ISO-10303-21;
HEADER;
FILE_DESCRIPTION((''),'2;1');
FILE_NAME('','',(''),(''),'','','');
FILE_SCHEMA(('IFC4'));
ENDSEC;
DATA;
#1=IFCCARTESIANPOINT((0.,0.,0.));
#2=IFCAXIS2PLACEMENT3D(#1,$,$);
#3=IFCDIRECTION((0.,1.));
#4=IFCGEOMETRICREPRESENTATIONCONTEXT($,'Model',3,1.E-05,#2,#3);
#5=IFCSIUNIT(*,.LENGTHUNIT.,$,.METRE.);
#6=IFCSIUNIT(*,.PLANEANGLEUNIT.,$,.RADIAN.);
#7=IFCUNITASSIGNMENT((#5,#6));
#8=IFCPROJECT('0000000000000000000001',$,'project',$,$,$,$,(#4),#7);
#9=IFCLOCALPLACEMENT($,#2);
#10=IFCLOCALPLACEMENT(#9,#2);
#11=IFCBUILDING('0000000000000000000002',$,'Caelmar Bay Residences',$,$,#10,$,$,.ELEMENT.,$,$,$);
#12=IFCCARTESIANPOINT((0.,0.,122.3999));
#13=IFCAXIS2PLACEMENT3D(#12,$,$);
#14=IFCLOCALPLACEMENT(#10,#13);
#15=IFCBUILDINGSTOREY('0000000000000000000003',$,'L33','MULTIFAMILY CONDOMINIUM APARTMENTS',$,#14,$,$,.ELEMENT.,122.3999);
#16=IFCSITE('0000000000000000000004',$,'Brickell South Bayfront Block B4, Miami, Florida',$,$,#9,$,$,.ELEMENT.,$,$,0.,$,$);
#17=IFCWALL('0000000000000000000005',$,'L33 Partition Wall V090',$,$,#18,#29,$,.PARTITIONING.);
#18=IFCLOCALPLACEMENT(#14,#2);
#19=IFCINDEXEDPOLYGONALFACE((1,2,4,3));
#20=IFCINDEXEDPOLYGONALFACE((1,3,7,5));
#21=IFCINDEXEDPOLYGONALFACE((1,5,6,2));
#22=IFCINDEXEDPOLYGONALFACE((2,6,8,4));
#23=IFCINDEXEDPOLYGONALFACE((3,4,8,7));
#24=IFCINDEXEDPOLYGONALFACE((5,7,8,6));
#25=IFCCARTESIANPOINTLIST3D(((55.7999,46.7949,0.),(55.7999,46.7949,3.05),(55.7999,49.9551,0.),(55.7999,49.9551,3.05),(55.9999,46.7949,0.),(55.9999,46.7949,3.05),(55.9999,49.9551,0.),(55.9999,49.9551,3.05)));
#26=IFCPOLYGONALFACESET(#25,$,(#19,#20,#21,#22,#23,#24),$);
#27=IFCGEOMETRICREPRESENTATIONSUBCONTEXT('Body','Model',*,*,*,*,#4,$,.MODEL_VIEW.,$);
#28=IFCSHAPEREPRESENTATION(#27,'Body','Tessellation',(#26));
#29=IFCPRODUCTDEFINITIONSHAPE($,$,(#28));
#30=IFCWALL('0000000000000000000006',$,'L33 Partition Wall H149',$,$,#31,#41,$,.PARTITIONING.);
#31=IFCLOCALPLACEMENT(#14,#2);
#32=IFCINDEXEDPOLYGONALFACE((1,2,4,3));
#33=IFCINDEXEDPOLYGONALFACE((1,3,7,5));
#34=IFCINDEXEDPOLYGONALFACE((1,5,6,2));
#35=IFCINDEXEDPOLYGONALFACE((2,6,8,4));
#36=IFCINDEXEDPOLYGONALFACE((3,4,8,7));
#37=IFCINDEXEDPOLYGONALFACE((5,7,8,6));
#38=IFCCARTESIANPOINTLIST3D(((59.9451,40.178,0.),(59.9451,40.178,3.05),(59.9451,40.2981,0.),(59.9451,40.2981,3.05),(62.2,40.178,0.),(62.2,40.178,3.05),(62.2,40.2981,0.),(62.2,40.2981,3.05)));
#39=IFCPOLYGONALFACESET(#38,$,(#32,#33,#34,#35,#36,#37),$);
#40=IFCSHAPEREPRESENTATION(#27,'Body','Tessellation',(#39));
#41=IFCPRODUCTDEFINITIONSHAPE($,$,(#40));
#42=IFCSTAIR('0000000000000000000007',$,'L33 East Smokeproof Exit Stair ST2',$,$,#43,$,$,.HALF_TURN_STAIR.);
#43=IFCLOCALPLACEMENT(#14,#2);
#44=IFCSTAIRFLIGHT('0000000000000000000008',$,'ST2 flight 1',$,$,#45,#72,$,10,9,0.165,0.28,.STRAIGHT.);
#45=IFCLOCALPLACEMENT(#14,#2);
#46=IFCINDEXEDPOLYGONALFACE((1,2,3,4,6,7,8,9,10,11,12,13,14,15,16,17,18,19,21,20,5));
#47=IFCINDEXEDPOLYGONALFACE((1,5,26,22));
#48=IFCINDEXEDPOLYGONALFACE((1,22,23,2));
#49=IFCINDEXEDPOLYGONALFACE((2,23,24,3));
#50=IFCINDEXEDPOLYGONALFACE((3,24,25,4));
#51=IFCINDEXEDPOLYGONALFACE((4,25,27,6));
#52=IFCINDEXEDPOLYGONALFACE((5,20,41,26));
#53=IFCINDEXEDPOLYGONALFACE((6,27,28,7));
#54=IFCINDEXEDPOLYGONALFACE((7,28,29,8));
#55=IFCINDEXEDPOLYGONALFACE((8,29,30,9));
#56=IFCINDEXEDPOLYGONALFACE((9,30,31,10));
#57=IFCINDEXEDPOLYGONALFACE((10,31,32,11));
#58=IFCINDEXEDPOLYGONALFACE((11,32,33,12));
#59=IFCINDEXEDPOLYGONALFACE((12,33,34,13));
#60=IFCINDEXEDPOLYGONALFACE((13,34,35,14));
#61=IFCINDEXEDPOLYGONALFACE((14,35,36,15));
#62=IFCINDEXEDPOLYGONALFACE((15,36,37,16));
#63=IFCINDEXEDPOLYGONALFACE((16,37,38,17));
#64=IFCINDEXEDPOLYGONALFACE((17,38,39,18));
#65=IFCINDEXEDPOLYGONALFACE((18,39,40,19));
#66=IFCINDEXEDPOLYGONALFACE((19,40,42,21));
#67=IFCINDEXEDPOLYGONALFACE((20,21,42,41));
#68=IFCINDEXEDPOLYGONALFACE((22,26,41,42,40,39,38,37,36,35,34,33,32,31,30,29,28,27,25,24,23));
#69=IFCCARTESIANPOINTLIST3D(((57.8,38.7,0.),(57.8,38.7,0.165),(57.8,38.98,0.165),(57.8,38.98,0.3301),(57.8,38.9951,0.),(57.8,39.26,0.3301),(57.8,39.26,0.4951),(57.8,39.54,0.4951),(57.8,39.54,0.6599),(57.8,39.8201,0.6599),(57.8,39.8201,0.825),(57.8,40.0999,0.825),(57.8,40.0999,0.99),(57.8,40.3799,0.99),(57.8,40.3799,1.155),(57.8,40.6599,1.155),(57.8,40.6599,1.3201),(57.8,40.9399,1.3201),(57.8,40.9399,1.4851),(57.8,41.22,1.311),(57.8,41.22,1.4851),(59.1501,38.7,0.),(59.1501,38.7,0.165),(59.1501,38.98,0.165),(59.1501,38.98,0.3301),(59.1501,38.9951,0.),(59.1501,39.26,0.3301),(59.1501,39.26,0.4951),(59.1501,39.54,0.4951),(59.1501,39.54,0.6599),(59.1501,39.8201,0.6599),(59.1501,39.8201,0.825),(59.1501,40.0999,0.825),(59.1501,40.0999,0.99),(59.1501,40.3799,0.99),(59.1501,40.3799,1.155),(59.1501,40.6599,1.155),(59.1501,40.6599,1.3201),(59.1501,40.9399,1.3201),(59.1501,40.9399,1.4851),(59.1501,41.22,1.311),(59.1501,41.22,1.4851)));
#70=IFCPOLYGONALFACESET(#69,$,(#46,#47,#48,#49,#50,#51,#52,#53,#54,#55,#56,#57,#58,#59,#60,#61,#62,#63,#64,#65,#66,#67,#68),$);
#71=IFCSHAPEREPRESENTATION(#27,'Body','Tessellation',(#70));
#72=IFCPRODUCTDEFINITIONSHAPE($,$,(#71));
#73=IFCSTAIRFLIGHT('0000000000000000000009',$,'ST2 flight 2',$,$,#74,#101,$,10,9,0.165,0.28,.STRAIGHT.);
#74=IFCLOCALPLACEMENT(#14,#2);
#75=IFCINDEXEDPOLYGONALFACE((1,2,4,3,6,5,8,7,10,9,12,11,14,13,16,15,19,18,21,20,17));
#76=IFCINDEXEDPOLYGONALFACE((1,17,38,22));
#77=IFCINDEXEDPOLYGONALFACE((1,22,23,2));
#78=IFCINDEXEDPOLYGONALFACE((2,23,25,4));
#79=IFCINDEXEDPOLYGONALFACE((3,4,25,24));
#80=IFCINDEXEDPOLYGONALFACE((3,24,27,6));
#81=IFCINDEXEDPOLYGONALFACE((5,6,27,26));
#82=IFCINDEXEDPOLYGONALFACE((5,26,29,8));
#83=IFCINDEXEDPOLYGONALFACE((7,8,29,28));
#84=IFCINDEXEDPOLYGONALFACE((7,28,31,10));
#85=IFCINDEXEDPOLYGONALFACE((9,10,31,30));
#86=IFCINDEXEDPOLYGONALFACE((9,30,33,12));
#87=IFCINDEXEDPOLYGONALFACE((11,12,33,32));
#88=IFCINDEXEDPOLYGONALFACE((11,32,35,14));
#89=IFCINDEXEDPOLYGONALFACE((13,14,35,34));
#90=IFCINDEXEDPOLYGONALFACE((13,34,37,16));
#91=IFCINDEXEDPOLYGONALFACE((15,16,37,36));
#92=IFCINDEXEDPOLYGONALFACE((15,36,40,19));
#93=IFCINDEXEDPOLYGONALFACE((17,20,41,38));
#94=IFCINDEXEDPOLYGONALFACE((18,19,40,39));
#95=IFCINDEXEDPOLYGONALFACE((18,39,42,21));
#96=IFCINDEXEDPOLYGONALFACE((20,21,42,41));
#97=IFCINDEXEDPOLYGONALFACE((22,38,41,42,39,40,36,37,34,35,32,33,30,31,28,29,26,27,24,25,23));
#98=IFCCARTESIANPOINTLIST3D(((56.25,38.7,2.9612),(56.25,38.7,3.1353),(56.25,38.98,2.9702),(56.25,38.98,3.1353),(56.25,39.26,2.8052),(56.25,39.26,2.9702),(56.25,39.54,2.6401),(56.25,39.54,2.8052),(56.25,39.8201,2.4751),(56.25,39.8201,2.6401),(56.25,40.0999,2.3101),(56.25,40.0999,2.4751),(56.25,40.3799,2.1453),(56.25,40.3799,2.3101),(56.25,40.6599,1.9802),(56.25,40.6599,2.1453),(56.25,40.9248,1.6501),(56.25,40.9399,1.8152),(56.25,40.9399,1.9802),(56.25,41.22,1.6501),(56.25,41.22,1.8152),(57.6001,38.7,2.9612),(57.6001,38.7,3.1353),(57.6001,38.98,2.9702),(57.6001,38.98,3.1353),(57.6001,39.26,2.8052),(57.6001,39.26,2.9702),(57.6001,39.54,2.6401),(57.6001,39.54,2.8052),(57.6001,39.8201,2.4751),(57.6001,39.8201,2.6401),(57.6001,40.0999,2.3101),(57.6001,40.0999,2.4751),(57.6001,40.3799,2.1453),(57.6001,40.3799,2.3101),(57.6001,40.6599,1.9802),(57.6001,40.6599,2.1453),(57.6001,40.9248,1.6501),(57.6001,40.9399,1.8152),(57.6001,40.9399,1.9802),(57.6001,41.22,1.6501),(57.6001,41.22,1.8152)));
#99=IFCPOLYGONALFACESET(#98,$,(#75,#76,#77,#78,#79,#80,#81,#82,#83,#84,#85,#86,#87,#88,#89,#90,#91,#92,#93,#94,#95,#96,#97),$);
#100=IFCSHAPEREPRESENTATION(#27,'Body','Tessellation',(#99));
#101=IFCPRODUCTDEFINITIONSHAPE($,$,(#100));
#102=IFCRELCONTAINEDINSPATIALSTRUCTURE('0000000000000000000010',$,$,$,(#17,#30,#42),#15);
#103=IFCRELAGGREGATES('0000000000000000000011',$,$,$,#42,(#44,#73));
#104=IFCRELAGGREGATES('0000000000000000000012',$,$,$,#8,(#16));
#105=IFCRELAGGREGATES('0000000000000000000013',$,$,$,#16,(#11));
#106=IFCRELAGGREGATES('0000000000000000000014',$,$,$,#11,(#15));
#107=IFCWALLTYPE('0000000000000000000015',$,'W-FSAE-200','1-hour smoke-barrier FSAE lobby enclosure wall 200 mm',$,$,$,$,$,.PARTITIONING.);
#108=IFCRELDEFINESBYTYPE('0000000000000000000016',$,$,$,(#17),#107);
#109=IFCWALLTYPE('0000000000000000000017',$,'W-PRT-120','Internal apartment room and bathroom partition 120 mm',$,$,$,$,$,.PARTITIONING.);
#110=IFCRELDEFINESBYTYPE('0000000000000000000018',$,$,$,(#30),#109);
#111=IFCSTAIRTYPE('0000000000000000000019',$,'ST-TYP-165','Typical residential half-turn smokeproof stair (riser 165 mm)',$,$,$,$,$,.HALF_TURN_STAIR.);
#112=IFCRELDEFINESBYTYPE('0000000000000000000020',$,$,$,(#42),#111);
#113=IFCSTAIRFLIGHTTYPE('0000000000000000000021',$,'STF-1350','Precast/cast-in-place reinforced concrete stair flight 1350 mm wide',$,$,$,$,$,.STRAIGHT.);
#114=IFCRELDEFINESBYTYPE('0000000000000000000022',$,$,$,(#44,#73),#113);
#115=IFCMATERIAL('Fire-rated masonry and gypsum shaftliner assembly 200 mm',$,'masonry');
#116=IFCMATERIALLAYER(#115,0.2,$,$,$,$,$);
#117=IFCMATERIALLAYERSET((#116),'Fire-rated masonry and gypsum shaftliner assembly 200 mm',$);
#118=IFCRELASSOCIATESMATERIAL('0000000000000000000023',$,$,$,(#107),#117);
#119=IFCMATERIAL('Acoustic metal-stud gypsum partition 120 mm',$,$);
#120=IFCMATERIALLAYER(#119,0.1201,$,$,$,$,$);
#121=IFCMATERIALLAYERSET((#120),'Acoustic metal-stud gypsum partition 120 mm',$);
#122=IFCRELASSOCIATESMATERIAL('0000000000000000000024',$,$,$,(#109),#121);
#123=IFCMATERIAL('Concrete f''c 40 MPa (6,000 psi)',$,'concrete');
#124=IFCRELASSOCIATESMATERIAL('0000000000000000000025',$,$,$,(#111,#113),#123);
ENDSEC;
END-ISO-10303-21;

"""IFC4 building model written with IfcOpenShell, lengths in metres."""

from ifc_helpers import new_model, si_unit, direction, frame, frame_2d, origin, place, context, subcontext, project, spatial, polyline, rectangle, outline, extrude, material, layer, layer_set, type_object, element, aggregate, save


model = new_model("IFC4")

# Units and contexts
model_context = context("Model", 3, precision=1e-05, world=origin(), true_north=direction((0.0, 1.0)))
body_context = subcontext(model_context, "Body", "Model", "MODEL_VIEW")
ifc_project = project(units=[si_unit("LENGTHUNIT", "METRE"), si_unit("PLANEANGLEUNIT", "RADIAN")], contexts=[model_context])

# Site, building, storey
site_placement = place(None, origin())
site = spatial("IfcSite", under=ifc_project, at=site_placement, Name="Brickell South Bayfront Block B4, Miami, Florida", CompositionType="ELEMENT", RefElevation=0.0)
building_placement = place(site_placement, origin())
building = spatial("IfcBuilding", under=site, at=building_placement, Name="Caelmar Bay Residences", CompositionType="ELEMENT")
storey_placement = place(building_placement, frame((0.0, 0.0, 122.3999)))
storey = spatial("IfcBuildingStorey", under=building, at=storey_placement, Name="L33", Description="MULTIFAMILY CONDOMINIUM APARTMENTS", CompositionType="ELEMENT", Elevation=122.3999)

# Walls
ifc_material_1 = material(Name="Fire-rated masonry and gypsum shaftliner assembly 200 mm", Category="masonry")
ifc_layer_1 = layer(ifc_material_1, 0.2)
ifc_layer_set_1 = layer_set([ifc_layer_1], Name="Fire-rated masonry and gypsum shaftliner assembly 200 mm")
wall_type_1 = type_object("IfcWallType", Name="W-FSAE-200", Description="1-hour smoke-barrier FSAE lobby enclosure wall 200 mm", PredefinedType="PARTITIONING", material=ifc_layer_set_1)
wall_1_placement = place(storey_placement, frame((55.8999, 46.7949, 0.0), z_axis=(0.0, 0.0, 1.0), x_axis=(0.0, 1.0, 0.0)))
element("IfcWall", 1, at=wall_1_placement, inside=storey, type_object=wall_type_1, Name="L33 Partition Wall V090", PredefinedType="PARTITIONING", context=body_context, shape_type="SweptSolid", body=[
    extrude(rectangle(XDim=3.1602, YDim=0.2, at=frame_2d((1.5801, 0.0))), origin(), (0.0, 0.0, 1.0), 3.05),
])
ifc_material_2 = material(Name="Acoustic metal-stud gypsum partition 120 mm")
ifc_layer_2 = layer(ifc_material_2, 0.1201)
ifc_layer_set_2 = layer_set([ifc_layer_2], Name="Acoustic metal-stud gypsum partition 120 mm")
wall_type_2 = type_object("IfcWallType", Name="W-PRT-120", Description="Internal apartment room and bathroom partition 120 mm", PredefinedType="PARTITIONING", material=ifc_layer_set_2)
wall_2_placement = place(storey_placement, frame((59.9451, 40.238, 0.0), z_axis=(0.0, 0.0, 1.0), x_axis=(1.0, 0.0, 0.0)))
element("IfcWall", 2, at=wall_2_placement, inside=storey, type_object=wall_type_2, Name="L33 Partition Wall H149", PredefinedType="PARTITIONING", context=body_context, shape_type="SweptSolid", body=[
    extrude(rectangle(XDim=2.2549, YDim=0.1201, at=frame_2d((1.1274, 0.0))), origin(), (0.0, 0.0, 1.0), 3.05),
])

# Stair, stair flights
ifc_material_3 = material(Name="Concrete f'c 40 MPa (6,000 psi)", Category="concrete")
stair_type = type_object("IfcStairType", Name="ST-TYP-165", Description="Typical residential half-turn smokeproof stair (riser 165 mm)", PredefinedType="HALF_TURN_STAIR", material=ifc_material_3)
stair_placement = place(storey_placement, origin())
stair = element("IfcStair", 3, at=stair_placement, inside=storey, type_object=stair_type, Name="L33 East Smokeproof Exit Stair ST2", PredefinedType="HALF_TURN_STAIR")
stair_flight_type = type_object("IfcStairFlightType", Name="STF-1350", Description="Precast/cast-in-place reinforced concrete stair flight 1350 mm wide", PredefinedType="STRAIGHT", material=ifc_material_3)
stair_flight_1_placement = place(storey_placement, frame((58.4751, 38.7, 0.0), z_axis=(0.0, 0.0, 1.0), x_axis=(0.0, 1.0, 0.0)))
stair_flight_1 = element("IfcStairFlight", 4, at=stair_flight_1_placement, type_object=stair_flight_type, Name="ST2 flight 1", NumberOfRisers=10, NumberOfTreads=9, PredefinedType="STRAIGHT", RiserHeight=0.165, TreadLength=0.28, context=body_context, shape_type="SweptSolid", body=[
    extrude(outline(polyline([(0.0, 0.0), (0.0, 0.165), (0.28, 0.165), (0.28, 0.3301), (0.5601, 0.3301), (0.5601, 0.4951), (0.8401, 0.4951), (0.8401, 0.6599), (1.1201, 0.6599), (1.1201, 0.825), (1.3999, 0.825), (1.3999, 0.99), (1.6799, 0.99), (1.6799, 1.155), (1.96, 1.155), (1.96, 1.3201), (2.24, 1.3201), (2.24, 1.4851), (2.52, 1.4851), (2.52, 1.6499), (2.52, 1.311), (0.2952, 0.0), (0.0, 0.0)])), frame((0.0, 0.675, 0.0), z_axis=(0.0, -1.0, 0.0), x_axis=(1.0, 0.0, 0.0)), (0.0, 0.0, 1.0), 1.3501),
])
stair_flight_2_placement = place(storey_placement, frame((56.925, 41.22, 1.6501), z_axis=(0.0, 0.0, 1.0), x_axis=(0.0, -1.0, 0.0)))
stair_flight_2 = element("IfcStairFlight", 5, at=stair_flight_2_placement, type_object=stair_flight_type, Name="ST2 flight 2", NumberOfRisers=10, NumberOfTreads=9, PredefinedType="STRAIGHT", RiserHeight=0.165, TreadLength=0.28, context=body_context, shape_type="SweptSolid", body=[
    extrude(outline(polyline([(0.0, 0.0), (0.0, 0.165), (0.28, 0.165), (0.28, 0.3301), (0.5601, 0.3301), (0.5601, 0.4951), (0.8401, 0.4951), (0.8401, 0.6599), (1.1201, 0.6599), (1.1201, 0.825), (1.3999, 0.825), (1.3999, 0.99), (1.6799, 0.99), (1.6799, 1.155), (1.96, 1.155), (1.96, 1.3201), (2.24, 1.3201), (2.24, 1.4851), (2.52, 1.4851), (2.52, 1.6499), (2.52, 1.311), (0.2952, 0.0), (0.0, 0.0)])), frame((0.0, 0.675, 0.0), z_axis=(0.0, -1.0, 0.0), x_axis=(1.0, 0.0, 0.0)), (0.0, 0.0, 1.0), 1.3501),
])
aggregate(stair, [stair_flight_1, stair_flight_2])

save(model, "model.ifc")
